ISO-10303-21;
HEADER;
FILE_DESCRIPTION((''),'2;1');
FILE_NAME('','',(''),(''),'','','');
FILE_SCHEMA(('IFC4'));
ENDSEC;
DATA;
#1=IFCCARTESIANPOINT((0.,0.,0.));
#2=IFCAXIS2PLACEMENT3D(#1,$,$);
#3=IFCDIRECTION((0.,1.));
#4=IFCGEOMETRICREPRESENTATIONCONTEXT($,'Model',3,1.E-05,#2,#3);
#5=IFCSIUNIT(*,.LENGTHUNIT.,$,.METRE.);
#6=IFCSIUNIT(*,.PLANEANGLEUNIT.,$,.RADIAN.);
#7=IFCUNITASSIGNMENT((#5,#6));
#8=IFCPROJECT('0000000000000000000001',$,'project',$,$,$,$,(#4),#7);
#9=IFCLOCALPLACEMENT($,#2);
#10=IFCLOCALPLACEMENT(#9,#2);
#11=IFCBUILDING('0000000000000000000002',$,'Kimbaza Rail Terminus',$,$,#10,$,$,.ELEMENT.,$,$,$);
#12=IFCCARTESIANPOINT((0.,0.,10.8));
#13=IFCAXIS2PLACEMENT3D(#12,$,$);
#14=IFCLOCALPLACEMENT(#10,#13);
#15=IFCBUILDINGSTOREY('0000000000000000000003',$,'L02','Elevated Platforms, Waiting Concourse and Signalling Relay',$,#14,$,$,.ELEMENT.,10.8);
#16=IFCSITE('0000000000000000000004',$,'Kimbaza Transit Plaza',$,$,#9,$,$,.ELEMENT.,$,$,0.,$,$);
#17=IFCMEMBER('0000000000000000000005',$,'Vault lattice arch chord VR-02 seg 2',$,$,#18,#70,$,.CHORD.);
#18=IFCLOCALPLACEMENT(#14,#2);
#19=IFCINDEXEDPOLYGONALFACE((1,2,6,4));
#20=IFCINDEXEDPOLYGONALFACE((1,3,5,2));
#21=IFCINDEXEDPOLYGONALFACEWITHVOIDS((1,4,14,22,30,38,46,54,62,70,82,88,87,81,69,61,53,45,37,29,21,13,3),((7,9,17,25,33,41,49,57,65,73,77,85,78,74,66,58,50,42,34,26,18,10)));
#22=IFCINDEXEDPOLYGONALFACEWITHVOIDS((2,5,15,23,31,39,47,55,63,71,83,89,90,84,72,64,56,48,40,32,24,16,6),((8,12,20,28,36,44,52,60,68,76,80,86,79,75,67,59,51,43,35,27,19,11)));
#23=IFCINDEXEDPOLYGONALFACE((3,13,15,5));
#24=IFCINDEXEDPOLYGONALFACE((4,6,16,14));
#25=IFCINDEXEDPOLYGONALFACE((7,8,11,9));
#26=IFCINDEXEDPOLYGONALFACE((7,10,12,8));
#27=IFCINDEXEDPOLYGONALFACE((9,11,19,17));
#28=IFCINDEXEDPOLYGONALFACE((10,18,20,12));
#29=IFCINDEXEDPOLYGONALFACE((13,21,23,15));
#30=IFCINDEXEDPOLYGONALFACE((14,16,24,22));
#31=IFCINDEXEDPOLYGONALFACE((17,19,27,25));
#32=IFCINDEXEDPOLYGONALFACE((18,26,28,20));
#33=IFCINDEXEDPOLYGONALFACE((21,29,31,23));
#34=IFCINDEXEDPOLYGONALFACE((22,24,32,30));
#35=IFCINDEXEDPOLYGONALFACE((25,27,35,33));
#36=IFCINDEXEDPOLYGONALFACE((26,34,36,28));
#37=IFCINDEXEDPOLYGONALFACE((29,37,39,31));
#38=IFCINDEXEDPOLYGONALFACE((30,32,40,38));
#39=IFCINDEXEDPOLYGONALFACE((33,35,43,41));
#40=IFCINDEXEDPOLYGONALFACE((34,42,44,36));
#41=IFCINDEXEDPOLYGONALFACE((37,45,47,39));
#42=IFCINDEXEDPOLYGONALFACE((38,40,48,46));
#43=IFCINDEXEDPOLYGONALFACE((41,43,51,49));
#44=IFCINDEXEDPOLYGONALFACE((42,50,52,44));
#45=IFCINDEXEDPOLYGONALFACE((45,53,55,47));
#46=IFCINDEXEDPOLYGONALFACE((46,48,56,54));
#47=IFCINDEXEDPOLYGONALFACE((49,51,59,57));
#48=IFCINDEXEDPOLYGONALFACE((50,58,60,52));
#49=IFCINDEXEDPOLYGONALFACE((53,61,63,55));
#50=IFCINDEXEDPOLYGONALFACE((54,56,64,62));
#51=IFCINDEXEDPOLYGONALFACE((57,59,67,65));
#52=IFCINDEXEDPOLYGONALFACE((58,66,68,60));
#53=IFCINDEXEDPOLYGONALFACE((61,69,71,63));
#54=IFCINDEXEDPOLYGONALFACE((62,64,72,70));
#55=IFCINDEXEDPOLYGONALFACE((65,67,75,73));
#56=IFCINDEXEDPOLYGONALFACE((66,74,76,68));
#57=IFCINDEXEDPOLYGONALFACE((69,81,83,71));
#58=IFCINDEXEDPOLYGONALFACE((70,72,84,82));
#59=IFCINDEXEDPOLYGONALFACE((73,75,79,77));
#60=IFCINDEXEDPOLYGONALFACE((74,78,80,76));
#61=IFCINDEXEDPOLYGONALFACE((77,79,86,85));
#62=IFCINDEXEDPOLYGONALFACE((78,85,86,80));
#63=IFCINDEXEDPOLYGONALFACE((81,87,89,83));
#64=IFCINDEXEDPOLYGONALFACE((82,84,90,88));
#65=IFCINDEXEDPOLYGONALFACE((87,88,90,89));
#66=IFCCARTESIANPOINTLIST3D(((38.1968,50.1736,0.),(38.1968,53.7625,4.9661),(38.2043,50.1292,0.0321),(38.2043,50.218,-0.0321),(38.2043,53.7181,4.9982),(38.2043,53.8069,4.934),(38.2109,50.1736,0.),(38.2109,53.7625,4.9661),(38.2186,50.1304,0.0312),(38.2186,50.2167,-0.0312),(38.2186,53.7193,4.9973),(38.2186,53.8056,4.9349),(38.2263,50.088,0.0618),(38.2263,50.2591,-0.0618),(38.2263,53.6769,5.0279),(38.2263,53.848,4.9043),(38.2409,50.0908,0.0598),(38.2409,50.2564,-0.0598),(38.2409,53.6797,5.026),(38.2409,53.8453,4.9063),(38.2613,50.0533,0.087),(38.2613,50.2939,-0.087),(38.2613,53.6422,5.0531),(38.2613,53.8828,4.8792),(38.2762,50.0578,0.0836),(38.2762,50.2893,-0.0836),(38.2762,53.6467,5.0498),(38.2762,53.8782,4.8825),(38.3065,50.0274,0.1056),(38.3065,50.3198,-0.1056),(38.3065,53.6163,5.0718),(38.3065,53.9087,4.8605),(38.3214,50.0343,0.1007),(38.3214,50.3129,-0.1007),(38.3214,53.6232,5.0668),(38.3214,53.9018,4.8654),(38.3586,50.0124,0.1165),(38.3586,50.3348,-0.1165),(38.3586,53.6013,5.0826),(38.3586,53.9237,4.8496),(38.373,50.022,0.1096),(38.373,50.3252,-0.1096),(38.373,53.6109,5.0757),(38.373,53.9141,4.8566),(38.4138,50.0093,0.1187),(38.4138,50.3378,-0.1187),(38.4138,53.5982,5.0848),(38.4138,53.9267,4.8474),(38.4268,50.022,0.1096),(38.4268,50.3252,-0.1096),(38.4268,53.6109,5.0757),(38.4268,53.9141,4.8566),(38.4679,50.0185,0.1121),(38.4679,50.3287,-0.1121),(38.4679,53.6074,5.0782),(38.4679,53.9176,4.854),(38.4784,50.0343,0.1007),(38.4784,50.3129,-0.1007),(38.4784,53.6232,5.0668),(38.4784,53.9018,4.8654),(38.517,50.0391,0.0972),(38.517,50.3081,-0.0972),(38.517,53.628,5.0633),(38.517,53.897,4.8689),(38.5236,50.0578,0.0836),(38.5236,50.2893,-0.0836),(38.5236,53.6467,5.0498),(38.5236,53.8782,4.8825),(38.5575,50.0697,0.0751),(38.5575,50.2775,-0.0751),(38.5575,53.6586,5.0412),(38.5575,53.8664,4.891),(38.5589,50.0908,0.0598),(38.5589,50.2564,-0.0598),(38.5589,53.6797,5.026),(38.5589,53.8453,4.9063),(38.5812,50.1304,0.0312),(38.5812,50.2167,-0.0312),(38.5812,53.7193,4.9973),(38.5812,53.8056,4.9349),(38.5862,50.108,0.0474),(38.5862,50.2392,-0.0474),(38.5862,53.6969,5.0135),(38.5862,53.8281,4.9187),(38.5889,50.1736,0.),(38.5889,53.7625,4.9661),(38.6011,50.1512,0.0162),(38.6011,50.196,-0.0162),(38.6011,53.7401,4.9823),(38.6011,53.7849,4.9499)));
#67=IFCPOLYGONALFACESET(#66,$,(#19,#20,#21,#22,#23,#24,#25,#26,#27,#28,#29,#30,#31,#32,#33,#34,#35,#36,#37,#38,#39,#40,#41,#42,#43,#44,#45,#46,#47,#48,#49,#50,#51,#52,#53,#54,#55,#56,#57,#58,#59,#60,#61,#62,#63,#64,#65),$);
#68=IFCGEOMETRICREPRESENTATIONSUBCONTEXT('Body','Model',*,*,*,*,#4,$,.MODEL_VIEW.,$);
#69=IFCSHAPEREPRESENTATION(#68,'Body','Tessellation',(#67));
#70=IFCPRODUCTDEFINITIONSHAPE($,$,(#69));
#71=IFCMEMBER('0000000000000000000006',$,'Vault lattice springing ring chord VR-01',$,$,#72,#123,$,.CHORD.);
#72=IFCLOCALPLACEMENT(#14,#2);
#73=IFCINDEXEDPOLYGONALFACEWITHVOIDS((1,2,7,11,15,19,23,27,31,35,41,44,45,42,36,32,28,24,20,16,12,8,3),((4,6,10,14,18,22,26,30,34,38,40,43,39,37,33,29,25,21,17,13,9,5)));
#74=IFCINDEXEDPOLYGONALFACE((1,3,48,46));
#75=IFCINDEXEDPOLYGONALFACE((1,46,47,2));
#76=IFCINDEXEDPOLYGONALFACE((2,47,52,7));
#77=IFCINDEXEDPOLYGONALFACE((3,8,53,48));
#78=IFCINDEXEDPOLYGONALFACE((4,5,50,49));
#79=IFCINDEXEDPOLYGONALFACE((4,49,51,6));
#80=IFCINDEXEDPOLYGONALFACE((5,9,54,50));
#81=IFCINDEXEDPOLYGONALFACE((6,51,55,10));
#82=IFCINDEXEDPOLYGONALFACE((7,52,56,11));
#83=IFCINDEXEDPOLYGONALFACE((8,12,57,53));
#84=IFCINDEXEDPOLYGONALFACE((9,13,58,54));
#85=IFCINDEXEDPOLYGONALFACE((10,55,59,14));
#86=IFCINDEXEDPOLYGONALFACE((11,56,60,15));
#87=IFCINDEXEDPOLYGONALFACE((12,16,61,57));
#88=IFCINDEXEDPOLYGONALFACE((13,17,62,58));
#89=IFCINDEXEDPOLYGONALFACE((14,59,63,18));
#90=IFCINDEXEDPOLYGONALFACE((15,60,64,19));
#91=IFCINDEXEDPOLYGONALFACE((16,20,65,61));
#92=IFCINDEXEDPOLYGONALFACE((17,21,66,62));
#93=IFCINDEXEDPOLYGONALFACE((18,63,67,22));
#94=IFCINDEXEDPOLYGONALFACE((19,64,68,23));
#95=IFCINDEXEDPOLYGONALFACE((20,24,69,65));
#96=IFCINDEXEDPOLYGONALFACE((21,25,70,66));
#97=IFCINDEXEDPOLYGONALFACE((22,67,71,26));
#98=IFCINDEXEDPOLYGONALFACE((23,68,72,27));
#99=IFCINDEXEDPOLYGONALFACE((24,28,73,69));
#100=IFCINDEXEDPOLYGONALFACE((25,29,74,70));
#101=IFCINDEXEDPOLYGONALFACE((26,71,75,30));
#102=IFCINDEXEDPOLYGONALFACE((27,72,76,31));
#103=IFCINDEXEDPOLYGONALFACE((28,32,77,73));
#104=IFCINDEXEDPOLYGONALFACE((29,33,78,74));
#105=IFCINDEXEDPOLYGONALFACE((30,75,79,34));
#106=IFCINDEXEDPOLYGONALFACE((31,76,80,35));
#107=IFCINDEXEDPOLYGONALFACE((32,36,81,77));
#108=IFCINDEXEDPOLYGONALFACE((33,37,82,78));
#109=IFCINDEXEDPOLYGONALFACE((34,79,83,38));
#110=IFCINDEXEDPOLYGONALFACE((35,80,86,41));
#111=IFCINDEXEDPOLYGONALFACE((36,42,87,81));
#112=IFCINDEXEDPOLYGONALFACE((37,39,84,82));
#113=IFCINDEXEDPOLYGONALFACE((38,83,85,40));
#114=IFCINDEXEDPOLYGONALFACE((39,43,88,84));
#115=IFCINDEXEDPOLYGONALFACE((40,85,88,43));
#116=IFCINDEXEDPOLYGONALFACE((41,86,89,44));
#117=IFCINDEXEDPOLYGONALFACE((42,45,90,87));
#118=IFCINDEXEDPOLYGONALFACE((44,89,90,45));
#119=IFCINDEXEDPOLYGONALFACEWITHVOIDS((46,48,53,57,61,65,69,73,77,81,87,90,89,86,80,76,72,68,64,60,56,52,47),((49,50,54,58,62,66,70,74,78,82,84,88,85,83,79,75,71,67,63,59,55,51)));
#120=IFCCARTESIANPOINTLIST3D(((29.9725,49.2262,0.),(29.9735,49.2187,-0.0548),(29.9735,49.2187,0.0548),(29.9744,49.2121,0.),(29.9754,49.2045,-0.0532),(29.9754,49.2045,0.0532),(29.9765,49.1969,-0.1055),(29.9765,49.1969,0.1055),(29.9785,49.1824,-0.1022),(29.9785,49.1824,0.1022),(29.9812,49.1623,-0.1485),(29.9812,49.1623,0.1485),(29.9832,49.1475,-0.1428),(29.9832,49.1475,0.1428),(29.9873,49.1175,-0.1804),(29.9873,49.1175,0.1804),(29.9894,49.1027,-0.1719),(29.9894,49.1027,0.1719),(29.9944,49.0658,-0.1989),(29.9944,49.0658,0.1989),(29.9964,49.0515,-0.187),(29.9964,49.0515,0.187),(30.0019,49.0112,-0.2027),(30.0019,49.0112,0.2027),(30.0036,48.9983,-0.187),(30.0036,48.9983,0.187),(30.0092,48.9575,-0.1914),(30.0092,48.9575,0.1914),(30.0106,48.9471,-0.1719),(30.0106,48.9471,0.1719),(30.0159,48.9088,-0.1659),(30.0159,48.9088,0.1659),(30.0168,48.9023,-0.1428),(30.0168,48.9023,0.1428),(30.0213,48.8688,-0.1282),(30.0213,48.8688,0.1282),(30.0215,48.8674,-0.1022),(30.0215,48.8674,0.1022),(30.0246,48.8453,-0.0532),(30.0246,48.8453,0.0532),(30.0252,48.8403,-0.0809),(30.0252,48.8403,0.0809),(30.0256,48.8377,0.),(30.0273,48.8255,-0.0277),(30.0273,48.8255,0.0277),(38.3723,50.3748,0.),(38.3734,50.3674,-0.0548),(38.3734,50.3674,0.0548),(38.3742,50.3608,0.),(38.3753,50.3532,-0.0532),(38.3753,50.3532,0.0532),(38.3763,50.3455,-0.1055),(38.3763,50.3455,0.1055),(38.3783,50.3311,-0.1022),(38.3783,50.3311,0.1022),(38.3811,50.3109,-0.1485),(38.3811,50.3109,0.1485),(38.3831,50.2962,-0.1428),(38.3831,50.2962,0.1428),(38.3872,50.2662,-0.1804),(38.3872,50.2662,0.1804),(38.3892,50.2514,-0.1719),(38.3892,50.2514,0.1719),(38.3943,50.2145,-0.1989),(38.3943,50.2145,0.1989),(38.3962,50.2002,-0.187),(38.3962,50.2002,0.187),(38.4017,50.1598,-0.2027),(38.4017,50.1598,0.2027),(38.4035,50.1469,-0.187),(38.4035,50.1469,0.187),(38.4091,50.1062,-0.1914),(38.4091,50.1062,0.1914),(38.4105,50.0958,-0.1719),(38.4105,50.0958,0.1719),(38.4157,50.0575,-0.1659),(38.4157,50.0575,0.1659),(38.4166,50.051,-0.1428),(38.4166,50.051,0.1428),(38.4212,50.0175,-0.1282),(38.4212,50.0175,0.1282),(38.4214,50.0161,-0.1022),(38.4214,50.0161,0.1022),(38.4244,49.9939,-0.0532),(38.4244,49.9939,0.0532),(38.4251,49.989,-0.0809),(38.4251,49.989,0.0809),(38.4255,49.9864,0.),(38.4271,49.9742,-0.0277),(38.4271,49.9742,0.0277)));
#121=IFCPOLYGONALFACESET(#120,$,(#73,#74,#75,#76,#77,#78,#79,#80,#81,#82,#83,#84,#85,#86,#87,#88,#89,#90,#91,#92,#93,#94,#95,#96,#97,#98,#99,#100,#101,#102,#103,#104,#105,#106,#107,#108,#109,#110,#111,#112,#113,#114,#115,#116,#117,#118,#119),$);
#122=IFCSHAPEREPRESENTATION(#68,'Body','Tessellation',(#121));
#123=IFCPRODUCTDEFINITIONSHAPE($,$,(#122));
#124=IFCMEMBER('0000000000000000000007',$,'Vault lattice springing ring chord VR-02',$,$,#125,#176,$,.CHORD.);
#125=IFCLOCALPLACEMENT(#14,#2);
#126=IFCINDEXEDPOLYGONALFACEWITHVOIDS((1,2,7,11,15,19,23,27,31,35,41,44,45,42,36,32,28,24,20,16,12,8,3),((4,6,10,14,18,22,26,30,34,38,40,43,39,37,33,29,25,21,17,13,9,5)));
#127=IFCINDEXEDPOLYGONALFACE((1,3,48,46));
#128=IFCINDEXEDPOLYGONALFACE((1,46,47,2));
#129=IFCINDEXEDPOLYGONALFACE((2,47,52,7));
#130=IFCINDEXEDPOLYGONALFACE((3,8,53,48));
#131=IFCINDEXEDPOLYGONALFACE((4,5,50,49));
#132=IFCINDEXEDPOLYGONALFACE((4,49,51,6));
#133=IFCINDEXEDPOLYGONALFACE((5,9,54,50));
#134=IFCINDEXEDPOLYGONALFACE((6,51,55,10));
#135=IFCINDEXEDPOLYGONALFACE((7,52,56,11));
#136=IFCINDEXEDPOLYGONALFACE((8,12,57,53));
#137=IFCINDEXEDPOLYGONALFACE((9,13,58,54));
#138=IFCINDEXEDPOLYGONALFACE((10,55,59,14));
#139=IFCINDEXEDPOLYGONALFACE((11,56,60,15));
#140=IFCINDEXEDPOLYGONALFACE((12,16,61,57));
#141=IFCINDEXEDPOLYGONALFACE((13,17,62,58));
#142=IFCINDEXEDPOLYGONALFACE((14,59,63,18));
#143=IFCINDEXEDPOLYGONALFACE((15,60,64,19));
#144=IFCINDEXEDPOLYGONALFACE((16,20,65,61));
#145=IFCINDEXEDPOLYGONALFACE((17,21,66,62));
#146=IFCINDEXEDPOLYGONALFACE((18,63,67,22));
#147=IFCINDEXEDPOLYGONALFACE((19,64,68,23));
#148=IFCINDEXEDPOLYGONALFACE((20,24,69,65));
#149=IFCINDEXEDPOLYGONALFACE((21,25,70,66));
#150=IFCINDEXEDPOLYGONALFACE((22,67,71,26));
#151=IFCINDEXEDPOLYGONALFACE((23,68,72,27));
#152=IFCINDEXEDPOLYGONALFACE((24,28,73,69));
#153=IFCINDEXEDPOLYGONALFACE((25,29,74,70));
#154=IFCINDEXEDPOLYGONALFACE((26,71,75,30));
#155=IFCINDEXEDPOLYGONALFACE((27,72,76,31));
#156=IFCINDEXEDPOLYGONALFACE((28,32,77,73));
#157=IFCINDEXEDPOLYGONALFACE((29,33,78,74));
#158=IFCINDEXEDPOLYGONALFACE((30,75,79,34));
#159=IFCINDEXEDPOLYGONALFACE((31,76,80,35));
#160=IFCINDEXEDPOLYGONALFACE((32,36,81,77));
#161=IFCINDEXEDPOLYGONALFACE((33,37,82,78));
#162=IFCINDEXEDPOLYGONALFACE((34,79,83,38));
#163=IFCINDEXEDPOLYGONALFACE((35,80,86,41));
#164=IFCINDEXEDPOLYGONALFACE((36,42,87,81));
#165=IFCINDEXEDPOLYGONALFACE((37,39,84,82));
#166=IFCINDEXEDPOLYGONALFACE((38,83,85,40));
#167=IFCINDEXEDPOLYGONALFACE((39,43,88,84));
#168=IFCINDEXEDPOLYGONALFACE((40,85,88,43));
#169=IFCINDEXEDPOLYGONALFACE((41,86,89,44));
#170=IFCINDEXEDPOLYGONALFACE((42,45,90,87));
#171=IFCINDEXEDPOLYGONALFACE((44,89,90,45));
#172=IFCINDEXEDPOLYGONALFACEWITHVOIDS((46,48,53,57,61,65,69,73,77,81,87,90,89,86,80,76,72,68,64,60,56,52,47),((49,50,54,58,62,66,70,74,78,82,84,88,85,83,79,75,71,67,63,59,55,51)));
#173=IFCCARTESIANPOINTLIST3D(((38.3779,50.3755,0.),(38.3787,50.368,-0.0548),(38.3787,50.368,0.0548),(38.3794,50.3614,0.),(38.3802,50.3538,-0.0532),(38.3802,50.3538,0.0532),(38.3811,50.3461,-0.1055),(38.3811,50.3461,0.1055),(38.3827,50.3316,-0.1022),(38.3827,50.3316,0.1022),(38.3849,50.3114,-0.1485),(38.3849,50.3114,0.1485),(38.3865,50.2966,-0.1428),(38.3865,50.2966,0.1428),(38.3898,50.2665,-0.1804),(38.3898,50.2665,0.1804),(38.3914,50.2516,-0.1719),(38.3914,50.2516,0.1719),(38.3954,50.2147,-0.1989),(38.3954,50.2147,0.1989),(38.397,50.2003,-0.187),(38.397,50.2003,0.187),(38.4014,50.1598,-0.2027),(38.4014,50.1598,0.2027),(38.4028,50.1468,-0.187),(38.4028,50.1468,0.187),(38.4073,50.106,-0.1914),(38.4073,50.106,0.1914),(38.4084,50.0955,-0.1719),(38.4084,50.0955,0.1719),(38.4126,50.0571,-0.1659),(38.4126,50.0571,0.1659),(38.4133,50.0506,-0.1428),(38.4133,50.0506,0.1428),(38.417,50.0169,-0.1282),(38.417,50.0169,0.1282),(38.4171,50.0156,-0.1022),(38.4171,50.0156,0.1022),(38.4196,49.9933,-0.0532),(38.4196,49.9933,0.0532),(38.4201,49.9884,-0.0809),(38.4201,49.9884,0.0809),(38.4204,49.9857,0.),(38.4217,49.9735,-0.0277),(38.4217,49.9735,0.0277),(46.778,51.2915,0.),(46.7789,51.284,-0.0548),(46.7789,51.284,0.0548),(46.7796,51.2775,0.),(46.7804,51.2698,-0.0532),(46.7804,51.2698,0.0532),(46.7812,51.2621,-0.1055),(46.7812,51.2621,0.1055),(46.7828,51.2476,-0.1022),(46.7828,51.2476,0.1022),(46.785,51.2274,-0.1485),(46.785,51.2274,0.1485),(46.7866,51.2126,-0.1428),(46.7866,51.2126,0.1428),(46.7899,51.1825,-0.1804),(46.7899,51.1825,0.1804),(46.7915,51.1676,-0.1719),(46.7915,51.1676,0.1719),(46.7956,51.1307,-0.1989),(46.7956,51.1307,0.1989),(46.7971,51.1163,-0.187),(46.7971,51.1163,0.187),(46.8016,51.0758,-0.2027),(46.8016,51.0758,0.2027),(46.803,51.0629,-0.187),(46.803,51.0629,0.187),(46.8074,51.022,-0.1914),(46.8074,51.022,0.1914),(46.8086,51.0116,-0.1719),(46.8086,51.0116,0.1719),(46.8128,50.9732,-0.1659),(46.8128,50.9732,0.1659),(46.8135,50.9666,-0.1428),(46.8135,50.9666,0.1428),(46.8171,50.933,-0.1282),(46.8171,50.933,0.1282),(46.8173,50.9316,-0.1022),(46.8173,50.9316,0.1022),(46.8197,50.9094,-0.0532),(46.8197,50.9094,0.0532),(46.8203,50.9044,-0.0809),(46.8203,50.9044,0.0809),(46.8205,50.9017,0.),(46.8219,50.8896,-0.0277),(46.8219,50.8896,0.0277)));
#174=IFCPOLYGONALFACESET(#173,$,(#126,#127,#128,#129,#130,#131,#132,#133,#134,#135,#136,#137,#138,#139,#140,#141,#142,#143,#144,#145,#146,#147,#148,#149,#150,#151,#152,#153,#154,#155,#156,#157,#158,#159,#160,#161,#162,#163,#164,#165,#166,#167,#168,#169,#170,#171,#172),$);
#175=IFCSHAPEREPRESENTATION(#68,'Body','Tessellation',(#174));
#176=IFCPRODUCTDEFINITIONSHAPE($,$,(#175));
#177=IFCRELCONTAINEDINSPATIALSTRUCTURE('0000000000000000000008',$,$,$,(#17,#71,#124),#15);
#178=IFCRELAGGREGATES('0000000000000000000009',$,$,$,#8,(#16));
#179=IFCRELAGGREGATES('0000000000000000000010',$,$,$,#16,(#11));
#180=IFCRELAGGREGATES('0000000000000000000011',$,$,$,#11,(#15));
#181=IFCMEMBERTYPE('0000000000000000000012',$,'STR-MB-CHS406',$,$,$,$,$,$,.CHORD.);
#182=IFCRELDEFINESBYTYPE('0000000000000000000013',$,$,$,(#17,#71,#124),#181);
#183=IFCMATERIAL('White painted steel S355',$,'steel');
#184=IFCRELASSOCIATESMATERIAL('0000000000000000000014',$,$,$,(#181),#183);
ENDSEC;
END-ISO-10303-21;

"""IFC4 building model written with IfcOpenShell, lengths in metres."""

from ifc_helpers import new_model, si_unit, direction, frame, origin, origin_2d, place, context, subcontext, project, spatial, hollow_circle, extrude, material, material_profile, profile_set, type_object, element, save


model = new_model("IFC4")

# Units and contexts
model_context = context("Model", 3, precision=1e-05, world=origin(), true_north=direction((0.0, 1.0)))
body_context = subcontext(model_context, "Body", "Model", "MODEL_VIEW")
ifc_project = project(units=[si_unit("LENGTHUNIT", "METRE"), si_unit("PLANEANGLEUNIT", "RADIAN")], contexts=[model_context])

# Site, building, storey
site_placement = place(None, origin())
site = spatial("IfcSite", under=ifc_project, at=site_placement, Name="Kimbaza Transit Plaza", CompositionType="ELEMENT", RefElevation=0.0)
building_placement = place(site_placement, origin())
building = spatial("IfcBuilding", under=site, at=building_placement, Name="Kimbaza Rail Terminus", CompositionType="ELEMENT")
storey_placement = place(building_placement, frame((0.0, 0.0, 10.8)))
storey = spatial("IfcBuildingStorey", under=building, at=storey_placement, Name="L02", Description="Elevated Platforms, Waiting Concourse and Signalling Relay", CompositionType="ELEMENT", Elevation=10.8)

# Members
ifc_material_1 = material(Name="White painted steel S355", Category="steel")
ifc_material_profile_1 = material_profile(ifc_material_1, hollow_circle(Radius=0.2031, WallThickness=0.0142, at=origin_2d()), Name="CHS 406.4x14.2")
ifc_profile_set_1 = profile_set([ifc_material_profile_1], Name="White painted steel S355")
member_type_1 = type_object("IfcMemberType", Name="STR-MB-CHS406", PredefinedType="CHORD", material=ifc_profile_set_1)
member_1_placement = place(storey_placement, frame((38.3999, 50.1736, 0.0), z_axis=(0.0, 0.585733, 0.810504), x_axis=(-1.0, 0.0, 0.0)))
element("IfcMember", 1, at=member_1_placement, inside=storey, type_object=member_type_1, Name="Vault lattice arch chord VR-02 seg 2", PredefinedType="CHORD", context=body_context, shape_type="SweptSolid", body=[
    extrude(hollow_circle(Radius=0.2031, WallThickness=0.0142, at=origin_2d()), origin(), (0.0, 0.0, 1.0), 6.1272),
])
member_2_placement = place(storey_placement, frame((30.0, 49.0249, 0.0), z_axis=(0.990779, 0.135488, 0.0), x_axis=(-0.135488, 0.990779, 0.0)))
element("IfcMember", 2, at=member_2_placement, inside=storey, type_object=member_type_1, Name="Vault lattice springing ring chord VR-01", PredefinedType="CHORD", context=body_context, shape_type="SweptSolid", body=[
    extrude(hollow_circle(Radius=0.2031, WallThickness=0.0142, at=origin_2d()), origin(), (0.0, 0.0, 1.0), 8.478),
])
member_3_placement = place(storey_placement, frame((38.3999, 50.1736, 0.0), z_axis=(0.994107, 0.108405, 0.0), x_axis=(-0.108405, 0.994107, 0.0)))
element("IfcMember", 3, at=member_3_placement, inside=storey, type_object=member_type_1, Name="Vault lattice springing ring chord VR-02", PredefinedType="CHORD", context=body_context, shape_type="SweptSolid", body=[
    extrude(hollow_circle(Radius=0.2031, WallThickness=0.0142, at=origin_2d()), origin(), (0.0, 0.0, 1.0), 8.45),
])

save(model, "model.ifc")
